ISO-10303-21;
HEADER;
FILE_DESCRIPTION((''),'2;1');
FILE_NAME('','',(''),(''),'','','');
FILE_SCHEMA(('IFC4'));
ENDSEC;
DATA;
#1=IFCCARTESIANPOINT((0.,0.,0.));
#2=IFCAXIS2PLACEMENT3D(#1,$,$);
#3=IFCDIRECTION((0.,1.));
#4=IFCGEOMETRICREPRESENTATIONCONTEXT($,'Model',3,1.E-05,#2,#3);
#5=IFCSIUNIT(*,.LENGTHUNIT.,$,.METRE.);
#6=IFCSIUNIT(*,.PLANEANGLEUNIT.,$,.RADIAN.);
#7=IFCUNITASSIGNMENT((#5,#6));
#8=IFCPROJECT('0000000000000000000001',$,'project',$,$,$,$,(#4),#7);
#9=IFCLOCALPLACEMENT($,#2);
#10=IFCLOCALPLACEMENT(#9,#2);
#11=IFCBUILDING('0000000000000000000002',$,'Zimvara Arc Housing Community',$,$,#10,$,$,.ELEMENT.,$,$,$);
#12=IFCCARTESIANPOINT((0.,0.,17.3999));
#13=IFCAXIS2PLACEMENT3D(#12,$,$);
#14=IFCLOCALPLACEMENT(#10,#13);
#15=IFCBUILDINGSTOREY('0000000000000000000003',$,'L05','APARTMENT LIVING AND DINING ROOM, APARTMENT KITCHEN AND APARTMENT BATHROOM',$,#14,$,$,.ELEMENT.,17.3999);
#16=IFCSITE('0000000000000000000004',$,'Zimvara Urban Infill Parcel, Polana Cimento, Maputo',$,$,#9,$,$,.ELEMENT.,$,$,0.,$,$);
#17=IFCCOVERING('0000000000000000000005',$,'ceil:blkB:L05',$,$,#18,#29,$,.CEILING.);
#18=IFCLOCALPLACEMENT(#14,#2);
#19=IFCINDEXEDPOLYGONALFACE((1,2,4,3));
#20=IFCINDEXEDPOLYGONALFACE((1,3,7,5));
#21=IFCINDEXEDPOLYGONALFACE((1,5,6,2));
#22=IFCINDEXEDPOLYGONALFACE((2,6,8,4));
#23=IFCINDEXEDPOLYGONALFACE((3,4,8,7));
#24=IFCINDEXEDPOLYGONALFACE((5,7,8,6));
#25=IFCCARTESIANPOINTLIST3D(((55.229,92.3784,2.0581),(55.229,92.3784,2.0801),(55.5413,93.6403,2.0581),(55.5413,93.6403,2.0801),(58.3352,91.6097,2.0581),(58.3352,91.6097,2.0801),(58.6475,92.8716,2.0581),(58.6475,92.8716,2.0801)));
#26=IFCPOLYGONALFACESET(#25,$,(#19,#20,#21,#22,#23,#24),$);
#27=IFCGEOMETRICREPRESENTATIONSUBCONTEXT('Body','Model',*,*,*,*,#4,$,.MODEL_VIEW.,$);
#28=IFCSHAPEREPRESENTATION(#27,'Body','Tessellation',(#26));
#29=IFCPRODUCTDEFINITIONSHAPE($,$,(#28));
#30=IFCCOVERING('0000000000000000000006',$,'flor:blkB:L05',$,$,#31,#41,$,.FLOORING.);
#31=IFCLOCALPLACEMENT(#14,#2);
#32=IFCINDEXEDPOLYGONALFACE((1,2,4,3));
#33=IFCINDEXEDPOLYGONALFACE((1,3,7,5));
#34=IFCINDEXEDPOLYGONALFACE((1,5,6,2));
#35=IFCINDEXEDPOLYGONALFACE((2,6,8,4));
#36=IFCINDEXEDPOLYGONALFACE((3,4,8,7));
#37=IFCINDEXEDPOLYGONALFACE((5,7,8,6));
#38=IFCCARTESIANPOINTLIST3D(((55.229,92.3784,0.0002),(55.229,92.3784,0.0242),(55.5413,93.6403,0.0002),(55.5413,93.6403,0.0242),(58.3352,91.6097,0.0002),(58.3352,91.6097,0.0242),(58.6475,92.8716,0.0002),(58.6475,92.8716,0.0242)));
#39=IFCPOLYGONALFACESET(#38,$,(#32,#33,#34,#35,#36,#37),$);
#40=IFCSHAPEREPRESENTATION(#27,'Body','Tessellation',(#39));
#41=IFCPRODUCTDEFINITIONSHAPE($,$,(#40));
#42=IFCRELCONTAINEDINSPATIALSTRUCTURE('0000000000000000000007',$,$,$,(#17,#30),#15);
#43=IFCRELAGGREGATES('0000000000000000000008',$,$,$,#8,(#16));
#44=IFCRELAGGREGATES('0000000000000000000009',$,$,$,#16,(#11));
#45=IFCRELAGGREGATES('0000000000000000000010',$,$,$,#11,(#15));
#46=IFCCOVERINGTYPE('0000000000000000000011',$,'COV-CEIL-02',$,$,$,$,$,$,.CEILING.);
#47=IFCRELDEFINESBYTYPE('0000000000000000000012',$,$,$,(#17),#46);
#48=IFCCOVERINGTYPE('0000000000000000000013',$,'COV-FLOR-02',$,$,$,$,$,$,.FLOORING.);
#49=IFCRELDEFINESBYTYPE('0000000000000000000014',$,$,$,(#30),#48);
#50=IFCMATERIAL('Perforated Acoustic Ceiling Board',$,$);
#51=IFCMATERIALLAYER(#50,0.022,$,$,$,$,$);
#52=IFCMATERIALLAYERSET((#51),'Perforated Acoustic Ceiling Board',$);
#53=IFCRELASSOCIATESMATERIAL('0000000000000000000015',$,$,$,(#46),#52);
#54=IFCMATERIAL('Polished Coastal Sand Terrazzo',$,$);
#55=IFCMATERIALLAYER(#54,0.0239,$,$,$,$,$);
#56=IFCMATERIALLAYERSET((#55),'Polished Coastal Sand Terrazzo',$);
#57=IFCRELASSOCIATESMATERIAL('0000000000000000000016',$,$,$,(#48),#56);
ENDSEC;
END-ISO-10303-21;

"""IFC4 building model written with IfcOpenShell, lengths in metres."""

from ifc_helpers import new_model, si_unit, direction, frame, origin, origin_2d, place, context, subcontext, project, spatial, rectangle, extrude, material, layer, layer_set, type_object, element, save


model = new_model("IFC4")

# Units and contexts
model_context = context("Model", 3, precision=1e-05, world=origin(), true_north=direction((0.0, 1.0)))
body_context = subcontext(model_context, "Body", "Model", "MODEL_VIEW")
ifc_project = project(units=[si_unit("LENGTHUNIT", "METRE"), si_unit("PLANEANGLEUNIT", "RADIAN")], contexts=[model_context])

# Site, building, storey
site_placement = place(None, origin())
site = spatial("IfcSite", under=ifc_project, at=site_placement, Name="Zimvara Urban Infill Parcel, Polana Cimento, Maputo", CompositionType="ELEMENT", RefElevation=0.0)
building_placement = place(site_placement, origin())
building = spatial("IfcBuilding", under=site, at=building_placement, Name="Zimvara Arc Housing Community", CompositionType="ELEMENT")
storey_placement = place(building_placement, frame((0.0, 0.0, 17.3999)))
storey = spatial("IfcBuildingStorey", under=building, at=storey_placement, Name="L05", Description="APARTMENT LIVING AND DINING ROOM, APARTMENT KITCHEN AND APARTMENT BATHROOM", CompositionType="ELEMENT", Elevation=17.3999)

# Coverings
ifc_material_1 = material(Name="Perforated Acoustic Ceiling Board")
ifc_layer_1 = layer(ifc_material_1, 0.022)
ifc_layer_set_1 = layer_set([ifc_layer_1], Name="Perforated Acoustic Ceiling Board")
covering_type_1 = type_object("IfcCoveringType", Name="COV-CEIL-02", PredefinedType="CEILING", material=ifc_layer_set_1)
covering_1_placement = place(storey_placement, frame((56.9382, 92.625, 2.0581), z_axis=(0.0, 0.0, 1.0), x_axis=(0.240228, 0.970716, 0.0)))
element("IfcCovering", 1, at=covering_1_placement, inside=storey, type_object=covering_type_1, Name="ceil:blkB:L05", PredefinedType="CEILING", context=body_context, shape_type="SweptSolid", body=[
    extrude(rectangle(XDim=1.3, YDim=3.2, at=origin_2d()), origin(), (0.0, 0.0, 1.0), 0.022),
])
ifc_material_2 = material(Name="Polished Coastal Sand Terrazzo")
ifc_layer_2 = layer(ifc_material_2, 0.0239)
ifc_layer_set_2 = layer_set([ifc_layer_2], Name="Polished Coastal Sand Terrazzo")
covering_type_2 = type_object("IfcCoveringType", Name="COV-FLOR-02", PredefinedType="FLOORING", material=ifc_layer_set_2)
covering_2_placement = place(storey_placement, frame((56.9382, 92.625, 0.0002), z_axis=(0.0, 0.0, 1.0), x_axis=(0.240228, 0.970716, 0.0)))
element("IfcCovering", 2, at=covering_2_placement, inside=storey, type_object=covering_type_2, Name="flor:blkB:L05", PredefinedType="FLOORING", context=body_context, shape_type="SweptSolid", body=[
    extrude(rectangle(XDim=1.3, YDim=3.2, at=origin_2d()), origin(), (0.0, 0.0, 1.0), 0.0239),
])

save(model, "model.ifc")
